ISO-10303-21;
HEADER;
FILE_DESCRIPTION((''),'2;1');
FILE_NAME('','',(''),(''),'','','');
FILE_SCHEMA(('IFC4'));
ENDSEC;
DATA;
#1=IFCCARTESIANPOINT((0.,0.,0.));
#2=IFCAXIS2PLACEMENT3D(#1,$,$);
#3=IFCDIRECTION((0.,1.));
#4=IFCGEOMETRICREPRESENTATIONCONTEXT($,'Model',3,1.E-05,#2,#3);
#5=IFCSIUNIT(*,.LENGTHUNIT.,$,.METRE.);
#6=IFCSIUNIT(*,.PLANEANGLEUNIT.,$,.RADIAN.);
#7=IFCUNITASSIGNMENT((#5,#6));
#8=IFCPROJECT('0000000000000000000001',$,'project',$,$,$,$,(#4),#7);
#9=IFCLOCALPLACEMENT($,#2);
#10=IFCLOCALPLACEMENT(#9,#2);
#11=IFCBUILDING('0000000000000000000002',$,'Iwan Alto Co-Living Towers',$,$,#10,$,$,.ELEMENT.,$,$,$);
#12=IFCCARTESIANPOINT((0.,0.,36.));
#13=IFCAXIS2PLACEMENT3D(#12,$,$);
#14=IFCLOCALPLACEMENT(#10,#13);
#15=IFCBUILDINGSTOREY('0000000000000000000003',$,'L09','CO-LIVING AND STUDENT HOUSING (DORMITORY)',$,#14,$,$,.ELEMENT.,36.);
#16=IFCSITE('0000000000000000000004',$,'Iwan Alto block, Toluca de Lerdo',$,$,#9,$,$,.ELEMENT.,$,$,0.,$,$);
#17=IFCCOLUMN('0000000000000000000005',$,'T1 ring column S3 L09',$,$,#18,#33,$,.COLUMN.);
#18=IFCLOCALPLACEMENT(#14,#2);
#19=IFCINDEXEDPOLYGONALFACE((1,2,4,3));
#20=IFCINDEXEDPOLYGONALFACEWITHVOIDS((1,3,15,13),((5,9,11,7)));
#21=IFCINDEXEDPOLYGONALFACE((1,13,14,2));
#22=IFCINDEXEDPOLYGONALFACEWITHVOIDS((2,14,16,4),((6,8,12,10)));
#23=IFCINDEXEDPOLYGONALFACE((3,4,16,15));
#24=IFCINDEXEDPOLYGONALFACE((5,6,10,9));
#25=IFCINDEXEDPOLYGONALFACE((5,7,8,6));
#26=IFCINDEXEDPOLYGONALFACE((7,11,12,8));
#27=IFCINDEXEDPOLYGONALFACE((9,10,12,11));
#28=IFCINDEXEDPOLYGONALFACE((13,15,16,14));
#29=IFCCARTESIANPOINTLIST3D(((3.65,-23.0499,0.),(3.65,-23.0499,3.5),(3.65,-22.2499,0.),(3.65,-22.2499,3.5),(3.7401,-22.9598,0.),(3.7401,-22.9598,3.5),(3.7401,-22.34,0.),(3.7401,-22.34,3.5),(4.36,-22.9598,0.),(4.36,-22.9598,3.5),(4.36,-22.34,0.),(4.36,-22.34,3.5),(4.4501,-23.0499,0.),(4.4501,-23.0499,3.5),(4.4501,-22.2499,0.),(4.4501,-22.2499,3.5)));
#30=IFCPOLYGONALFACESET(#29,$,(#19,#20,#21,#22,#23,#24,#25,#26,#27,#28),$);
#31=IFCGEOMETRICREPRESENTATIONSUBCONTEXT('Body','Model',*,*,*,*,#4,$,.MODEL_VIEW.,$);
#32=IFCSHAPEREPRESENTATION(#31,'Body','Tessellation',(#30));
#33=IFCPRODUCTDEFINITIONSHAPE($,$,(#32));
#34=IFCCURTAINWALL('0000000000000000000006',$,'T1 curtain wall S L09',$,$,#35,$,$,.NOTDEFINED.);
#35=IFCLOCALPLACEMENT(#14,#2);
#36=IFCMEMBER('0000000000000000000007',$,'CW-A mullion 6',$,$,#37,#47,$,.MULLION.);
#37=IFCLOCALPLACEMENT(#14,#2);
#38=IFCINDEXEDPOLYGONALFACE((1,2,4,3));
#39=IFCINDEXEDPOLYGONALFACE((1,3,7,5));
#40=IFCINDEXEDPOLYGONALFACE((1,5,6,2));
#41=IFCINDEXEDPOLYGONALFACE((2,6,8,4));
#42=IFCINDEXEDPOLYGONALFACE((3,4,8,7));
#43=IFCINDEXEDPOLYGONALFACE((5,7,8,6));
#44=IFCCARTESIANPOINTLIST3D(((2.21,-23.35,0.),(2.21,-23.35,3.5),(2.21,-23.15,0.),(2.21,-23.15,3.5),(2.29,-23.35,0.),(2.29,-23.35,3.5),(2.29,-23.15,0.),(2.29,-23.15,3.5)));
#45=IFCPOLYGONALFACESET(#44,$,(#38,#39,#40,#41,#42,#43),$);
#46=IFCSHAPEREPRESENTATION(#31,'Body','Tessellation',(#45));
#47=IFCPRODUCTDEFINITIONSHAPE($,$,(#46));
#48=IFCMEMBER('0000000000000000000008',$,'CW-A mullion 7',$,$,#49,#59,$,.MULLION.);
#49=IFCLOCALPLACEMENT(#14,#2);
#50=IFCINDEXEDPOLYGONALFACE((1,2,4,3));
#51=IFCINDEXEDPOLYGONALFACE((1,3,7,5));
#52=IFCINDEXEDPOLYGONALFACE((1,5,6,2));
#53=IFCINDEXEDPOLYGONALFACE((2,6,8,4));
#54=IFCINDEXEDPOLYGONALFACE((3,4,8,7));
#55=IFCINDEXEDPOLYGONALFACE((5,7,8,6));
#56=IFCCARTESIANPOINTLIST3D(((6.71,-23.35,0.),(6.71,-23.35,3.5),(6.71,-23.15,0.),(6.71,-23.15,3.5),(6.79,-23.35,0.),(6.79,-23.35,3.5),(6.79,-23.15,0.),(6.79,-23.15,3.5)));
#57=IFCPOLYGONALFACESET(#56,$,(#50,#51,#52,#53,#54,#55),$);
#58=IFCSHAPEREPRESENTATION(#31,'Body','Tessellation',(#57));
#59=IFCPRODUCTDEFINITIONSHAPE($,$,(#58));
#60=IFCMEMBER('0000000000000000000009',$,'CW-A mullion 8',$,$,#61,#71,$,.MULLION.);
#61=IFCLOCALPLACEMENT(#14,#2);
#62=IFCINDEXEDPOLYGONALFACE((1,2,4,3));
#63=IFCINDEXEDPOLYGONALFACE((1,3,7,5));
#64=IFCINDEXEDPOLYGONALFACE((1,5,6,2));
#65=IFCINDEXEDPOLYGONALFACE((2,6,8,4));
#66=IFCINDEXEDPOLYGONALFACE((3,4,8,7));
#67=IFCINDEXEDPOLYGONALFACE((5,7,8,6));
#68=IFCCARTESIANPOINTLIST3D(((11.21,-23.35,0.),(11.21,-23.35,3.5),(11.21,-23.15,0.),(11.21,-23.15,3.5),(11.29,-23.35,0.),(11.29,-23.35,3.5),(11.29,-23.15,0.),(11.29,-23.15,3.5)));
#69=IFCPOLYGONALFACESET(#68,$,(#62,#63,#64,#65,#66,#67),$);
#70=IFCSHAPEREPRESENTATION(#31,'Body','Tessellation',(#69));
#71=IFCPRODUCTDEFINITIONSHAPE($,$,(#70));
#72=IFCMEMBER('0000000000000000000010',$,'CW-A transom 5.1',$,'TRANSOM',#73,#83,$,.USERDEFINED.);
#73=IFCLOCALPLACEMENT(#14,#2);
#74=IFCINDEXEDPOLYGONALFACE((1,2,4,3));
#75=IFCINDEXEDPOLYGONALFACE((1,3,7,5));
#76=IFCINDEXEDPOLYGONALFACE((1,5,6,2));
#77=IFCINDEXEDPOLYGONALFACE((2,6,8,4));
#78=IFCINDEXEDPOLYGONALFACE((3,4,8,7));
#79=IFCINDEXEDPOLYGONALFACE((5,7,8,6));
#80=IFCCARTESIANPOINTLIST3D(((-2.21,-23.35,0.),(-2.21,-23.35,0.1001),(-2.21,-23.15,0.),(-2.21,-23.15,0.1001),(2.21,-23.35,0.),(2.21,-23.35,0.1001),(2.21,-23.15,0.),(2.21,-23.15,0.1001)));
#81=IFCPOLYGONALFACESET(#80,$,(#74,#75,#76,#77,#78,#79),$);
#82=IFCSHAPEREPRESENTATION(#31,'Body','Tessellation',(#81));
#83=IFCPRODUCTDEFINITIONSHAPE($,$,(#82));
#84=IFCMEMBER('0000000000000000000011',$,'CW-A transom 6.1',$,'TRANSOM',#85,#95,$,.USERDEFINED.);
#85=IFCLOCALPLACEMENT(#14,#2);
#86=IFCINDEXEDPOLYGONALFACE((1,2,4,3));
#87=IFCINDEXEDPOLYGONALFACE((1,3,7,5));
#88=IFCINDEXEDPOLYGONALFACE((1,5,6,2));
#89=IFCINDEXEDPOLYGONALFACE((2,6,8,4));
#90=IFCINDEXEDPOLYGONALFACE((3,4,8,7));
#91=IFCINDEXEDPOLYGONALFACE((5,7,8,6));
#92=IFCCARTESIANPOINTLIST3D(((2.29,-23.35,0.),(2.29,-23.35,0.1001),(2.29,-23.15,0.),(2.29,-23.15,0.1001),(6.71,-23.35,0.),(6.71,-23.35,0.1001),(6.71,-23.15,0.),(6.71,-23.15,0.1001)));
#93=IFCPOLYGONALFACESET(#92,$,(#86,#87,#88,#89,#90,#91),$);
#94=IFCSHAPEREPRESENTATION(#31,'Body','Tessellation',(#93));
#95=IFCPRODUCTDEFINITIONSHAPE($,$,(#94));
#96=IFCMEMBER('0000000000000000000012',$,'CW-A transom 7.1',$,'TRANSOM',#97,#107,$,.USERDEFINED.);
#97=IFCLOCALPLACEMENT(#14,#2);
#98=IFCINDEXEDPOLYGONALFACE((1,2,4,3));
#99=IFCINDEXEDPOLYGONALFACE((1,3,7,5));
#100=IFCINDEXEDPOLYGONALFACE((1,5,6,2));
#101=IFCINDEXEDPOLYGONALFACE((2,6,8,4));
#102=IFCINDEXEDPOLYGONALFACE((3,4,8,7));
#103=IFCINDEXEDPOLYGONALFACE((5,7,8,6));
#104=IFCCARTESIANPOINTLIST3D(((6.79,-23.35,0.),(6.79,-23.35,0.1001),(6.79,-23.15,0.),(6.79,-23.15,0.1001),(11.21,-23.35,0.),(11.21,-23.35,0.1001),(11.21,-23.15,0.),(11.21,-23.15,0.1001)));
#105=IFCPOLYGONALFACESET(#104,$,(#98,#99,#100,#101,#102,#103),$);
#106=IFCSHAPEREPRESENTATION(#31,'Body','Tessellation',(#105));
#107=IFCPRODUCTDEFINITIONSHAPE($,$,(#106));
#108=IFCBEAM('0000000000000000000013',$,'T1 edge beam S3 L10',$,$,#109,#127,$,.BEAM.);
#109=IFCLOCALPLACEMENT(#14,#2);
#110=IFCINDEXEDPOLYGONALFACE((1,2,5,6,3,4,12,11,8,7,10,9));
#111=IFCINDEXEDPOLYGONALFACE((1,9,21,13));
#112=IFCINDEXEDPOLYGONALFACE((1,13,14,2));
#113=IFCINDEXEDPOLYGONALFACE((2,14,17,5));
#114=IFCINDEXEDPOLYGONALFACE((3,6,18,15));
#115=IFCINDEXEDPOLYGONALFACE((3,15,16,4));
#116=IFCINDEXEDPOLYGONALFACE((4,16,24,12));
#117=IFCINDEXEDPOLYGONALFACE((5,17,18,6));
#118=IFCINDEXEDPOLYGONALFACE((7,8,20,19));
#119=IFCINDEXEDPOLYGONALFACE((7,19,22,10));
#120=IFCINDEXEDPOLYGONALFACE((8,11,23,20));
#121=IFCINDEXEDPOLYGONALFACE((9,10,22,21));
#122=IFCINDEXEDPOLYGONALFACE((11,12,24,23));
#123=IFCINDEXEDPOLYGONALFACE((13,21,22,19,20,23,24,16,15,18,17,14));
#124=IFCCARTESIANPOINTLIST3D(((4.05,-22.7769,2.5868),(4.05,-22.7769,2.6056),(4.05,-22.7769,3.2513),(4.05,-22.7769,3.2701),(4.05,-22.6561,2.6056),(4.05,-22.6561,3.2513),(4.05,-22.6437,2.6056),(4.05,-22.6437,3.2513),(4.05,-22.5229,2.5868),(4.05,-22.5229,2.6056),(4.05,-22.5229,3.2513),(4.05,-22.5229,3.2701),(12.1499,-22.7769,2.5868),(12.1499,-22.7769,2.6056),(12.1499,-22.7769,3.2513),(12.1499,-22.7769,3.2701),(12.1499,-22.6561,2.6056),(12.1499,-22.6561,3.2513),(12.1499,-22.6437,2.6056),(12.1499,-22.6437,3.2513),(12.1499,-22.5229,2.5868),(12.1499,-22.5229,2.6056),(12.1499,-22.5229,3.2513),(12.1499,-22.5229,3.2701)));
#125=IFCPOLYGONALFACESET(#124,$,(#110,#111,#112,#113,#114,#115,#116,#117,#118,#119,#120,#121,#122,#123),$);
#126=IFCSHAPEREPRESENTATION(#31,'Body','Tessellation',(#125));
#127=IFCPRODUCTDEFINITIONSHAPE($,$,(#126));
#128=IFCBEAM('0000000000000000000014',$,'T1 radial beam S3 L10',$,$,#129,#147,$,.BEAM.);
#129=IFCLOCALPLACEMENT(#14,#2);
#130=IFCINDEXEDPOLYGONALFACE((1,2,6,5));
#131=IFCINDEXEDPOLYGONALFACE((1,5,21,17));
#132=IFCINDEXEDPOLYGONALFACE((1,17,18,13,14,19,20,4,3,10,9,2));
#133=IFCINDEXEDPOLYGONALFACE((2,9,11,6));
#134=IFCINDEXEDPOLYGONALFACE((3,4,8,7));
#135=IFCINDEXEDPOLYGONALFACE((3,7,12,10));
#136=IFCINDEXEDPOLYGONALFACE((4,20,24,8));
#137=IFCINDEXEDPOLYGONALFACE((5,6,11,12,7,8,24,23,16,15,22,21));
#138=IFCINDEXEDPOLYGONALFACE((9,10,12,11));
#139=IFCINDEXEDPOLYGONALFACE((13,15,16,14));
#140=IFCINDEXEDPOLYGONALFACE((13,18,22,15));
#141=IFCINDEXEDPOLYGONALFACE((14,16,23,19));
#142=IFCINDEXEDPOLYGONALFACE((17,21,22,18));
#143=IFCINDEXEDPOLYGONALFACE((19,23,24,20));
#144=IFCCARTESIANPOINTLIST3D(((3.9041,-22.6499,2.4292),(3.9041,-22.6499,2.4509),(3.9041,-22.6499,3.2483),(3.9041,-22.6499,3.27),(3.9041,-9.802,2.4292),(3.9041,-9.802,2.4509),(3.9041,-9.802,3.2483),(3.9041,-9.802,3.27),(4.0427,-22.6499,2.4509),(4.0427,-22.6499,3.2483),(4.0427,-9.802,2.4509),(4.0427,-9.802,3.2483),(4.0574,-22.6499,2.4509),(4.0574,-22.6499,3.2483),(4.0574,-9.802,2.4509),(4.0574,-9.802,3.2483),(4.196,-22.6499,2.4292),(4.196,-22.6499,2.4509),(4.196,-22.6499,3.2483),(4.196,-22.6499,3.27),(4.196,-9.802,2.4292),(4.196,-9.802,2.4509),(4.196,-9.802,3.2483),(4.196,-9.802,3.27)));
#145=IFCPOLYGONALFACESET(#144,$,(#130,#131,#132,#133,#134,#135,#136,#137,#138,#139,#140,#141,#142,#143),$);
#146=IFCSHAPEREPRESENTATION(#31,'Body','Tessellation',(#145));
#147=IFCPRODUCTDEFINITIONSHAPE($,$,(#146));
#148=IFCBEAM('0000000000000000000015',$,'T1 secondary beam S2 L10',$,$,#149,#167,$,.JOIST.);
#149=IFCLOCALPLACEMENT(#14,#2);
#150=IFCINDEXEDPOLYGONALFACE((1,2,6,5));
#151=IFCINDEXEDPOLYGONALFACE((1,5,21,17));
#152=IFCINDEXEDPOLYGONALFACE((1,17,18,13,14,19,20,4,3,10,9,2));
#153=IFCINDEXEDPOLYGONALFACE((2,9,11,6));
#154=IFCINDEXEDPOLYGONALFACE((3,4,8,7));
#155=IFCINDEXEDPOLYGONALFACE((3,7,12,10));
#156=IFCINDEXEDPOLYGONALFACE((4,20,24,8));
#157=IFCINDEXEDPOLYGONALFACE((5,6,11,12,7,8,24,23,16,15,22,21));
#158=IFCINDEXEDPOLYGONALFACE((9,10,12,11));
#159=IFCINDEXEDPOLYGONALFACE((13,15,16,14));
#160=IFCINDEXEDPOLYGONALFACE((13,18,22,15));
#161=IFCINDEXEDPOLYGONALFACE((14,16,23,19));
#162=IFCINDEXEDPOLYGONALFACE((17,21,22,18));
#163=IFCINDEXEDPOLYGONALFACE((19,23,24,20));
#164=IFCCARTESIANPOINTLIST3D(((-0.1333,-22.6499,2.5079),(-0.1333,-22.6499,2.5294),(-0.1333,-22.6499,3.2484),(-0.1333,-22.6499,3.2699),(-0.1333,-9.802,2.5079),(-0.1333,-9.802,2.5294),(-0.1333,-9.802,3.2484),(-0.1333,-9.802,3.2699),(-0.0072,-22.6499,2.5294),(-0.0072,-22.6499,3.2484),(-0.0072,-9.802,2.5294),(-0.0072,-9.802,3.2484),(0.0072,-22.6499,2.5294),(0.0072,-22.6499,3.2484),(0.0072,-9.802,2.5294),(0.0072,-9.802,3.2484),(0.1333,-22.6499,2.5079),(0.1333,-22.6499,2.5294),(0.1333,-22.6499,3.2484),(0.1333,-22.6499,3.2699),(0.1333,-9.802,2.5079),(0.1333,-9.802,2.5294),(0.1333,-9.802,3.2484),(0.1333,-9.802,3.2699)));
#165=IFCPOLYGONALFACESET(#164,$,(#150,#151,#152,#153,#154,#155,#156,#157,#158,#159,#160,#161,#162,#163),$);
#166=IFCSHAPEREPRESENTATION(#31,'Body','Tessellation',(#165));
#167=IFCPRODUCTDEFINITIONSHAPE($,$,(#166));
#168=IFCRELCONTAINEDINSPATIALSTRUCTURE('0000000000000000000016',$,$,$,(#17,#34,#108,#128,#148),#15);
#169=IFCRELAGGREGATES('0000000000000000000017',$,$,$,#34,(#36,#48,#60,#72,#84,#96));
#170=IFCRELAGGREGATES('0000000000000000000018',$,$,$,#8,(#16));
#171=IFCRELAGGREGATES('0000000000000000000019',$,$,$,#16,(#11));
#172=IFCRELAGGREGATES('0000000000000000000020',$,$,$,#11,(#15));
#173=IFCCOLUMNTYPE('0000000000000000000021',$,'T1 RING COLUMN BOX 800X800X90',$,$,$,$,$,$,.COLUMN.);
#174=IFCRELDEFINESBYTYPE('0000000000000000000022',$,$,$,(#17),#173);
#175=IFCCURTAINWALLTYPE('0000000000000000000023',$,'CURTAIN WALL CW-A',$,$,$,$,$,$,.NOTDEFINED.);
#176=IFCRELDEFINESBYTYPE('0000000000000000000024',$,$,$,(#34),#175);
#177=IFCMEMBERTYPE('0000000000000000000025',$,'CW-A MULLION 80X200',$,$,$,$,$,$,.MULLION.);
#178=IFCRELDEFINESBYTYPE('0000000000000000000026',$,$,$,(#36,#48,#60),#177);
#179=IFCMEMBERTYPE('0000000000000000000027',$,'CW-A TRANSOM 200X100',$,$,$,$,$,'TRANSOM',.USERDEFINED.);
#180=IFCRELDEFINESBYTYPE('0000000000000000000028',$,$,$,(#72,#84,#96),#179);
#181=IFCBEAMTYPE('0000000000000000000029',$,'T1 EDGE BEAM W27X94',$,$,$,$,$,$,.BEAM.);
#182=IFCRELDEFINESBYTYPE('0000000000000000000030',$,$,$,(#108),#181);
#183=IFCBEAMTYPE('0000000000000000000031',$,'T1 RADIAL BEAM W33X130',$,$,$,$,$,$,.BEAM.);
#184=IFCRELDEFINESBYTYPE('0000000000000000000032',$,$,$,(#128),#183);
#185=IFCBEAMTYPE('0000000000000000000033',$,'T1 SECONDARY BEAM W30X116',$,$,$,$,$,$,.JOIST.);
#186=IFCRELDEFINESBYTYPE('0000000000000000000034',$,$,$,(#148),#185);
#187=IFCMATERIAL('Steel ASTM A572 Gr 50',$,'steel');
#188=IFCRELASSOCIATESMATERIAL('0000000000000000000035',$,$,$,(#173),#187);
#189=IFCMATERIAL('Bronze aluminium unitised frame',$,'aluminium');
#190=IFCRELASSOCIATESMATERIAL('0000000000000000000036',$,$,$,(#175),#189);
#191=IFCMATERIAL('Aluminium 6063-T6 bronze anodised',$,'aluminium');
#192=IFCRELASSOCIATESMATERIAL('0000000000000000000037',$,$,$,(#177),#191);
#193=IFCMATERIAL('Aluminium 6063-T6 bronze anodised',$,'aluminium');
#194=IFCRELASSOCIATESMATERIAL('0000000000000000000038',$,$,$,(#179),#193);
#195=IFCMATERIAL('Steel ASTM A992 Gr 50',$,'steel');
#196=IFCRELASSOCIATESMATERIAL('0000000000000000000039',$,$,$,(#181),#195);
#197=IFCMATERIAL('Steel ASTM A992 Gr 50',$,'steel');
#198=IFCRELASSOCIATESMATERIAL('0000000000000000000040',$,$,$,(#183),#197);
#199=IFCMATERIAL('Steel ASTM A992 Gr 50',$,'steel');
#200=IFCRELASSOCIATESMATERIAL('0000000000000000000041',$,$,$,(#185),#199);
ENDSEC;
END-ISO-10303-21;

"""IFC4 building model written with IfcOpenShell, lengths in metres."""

from ifc_helpers import new_model, si_unit, direction, frame, origin, origin_2d, place, context, subcontext, project, spatial, rectangle, hollow_rectangle, i_section, extrude, material, material_profile, profile_set, type_object, element, aggregate, save


model = new_model("IFC4")

# Units and contexts
model_context = context("Model", 3, precision=1e-05, world=origin(), true_north=direction((0.0, 1.0)))
body_context = subcontext(model_context, "Body", "Model", "MODEL_VIEW")
ifc_project = project(units=[si_unit("LENGTHUNIT", "METRE"), si_unit("PLANEANGLEUNIT", "RADIAN")], contexts=[model_context])

# Site, building, storey
site_placement = place(None, origin())
site = spatial("IfcSite", under=ifc_project, at=site_placement, Name="Iwan Alto block, Toluca de Lerdo", CompositionType="ELEMENT", RefElevation=0.0)
building_placement = place(site_placement, origin())
building = spatial("IfcBuilding", under=site, at=building_placement, Name="Iwan Alto Co-Living Towers", CompositionType="ELEMENT")
storey_placement = place(building_placement, frame((0.0, 0.0, 36.0)))
storey = spatial("IfcBuildingStorey", under=building, at=storey_placement, Name="L09", Description="CO-LIVING AND STUDENT HOUSING (DORMITORY)", CompositionType="ELEMENT", Elevation=36.0)

# Column
ifc_material_1 = material(Name="Steel ASTM A572 Gr 50", Category="steel")
ifc_material_profile_1 = material_profile(ifc_material_1, hollow_rectangle(XDim=0.8, YDim=0.8, WallThickness=0.0901, at=origin_2d()), Name="BOX 800X800X90")
ifc_profile_set_1 = profile_set([ifc_material_profile_1], Name="Steel ASTM A572 Gr 50")
column_type = type_object("IfcColumnType", Name="T1 RING COLUMN BOX 800X800X90", PredefinedType="COLUMN", material=ifc_profile_set_1)
column_placement = place(storey_placement, frame((4.05, -22.6499, 0.0), z_axis=(0.0, 0.0, 1.0), x_axis=(1.0, 0.0, 0.0)))
element("IfcColumn", 1, at=column_placement, inside=storey, type_object=column_type, Name="T1 ring column S3 L09", PredefinedType="COLUMN", context=body_context, shape_type="SweptSolid", body=[
    extrude(hollow_rectangle(XDim=0.8, YDim=0.8, WallThickness=0.0901, at=origin_2d()), origin(), (0.0, 0.0, 1.0), 3.5),
])

# Curtain wall, members
ifc_material_2 = material(Name="Bronze aluminium unitised frame", Category="aluminium")
curtain_wall_type = type_object("IfcCurtainWallType", Name="CURTAIN WALL CW-A", PredefinedType="NOTDEFINED", material=ifc_material_2)
curtain_wall_placement = place(storey_placement, origin())
curtain_wall = element("IfcCurtainWall", 2, at=curtain_wall_placement, inside=storey, type_object=curtain_wall_type, Name="T1 curtain wall S L09", PredefinedType="NOTDEFINED")
ifc_material_3 = material(Name="Aluminium 6063-T6 bronze anodised", Category="aluminium")
ifc_material_profile_2 = material_profile(ifc_material_3, rectangle(XDim=0.2, YDim=0.0801, at=origin_2d()), Name="AL 80X200")
ifc_profile_set_2 = profile_set([ifc_material_profile_2], Name="Aluminium 6063-T6 bronze anodised")
member_type_1 = type_object("IfcMemberType", Name="CW-A MULLION 80X200", PredefinedType="MULLION", material=ifc_profile_set_2)
member_1_placement = place(storey_placement, frame((2.25, -23.25, 0.0), z_axis=(0.0, 0.0, 1.0), x_axis=(0.0, 1.0, 0.0)))
member_1 = element("IfcMember", 3, at=member_1_placement, type_object=member_type_1, Name="CW-A mullion 6", PredefinedType="MULLION", context=body_context, shape_type="SweptSolid", body=[
    extrude(rectangle(XDim=0.2, YDim=0.0801, at=origin_2d()), origin(), (0.0, 0.0, 1.0), 3.5),
])
member_2_placement = place(storey_placement, frame((6.75, -23.25, 0.0), z_axis=(0.0, 0.0, 1.0), x_axis=(0.0, 1.0, 0.0)))
member_2 = element("IfcMember", 4, at=member_2_placement, type_object=member_type_1, Name="CW-A mullion 7", PredefinedType="MULLION", context=body_context, shape_type="SweptSolid", body=[
    extrude(rectangle(XDim=0.2, YDim=0.0801, at=origin_2d()), origin(), (0.0, 0.0, 1.0), 3.5),
])
member_3_placement = place(storey_placement, frame((11.25, -23.25, 0.0), z_axis=(0.0, 0.0, 1.0), x_axis=(0.0, 1.0, 0.0)))
member_3 = element("IfcMember", 5, at=member_3_placement, type_object=member_type_1, Name="CW-A mullion 8", PredefinedType="MULLION", context=body_context, shape_type="SweptSolid", body=[
    extrude(rectangle(XDim=0.2, YDim=0.0801, at=origin_2d()), origin(), (0.0, 0.0, 1.0), 3.5),
])
ifc_material_4 = material(Name="Aluminium 6063-T6 bronze anodised", Category="aluminium")
ifc_material_profile_3 = material_profile(ifc_material_4, rectangle(XDim=0.2, YDim=0.1001, at=origin_2d()), Name="AL 200X100")
ifc_profile_set_3 = profile_set([ifc_material_profile_3], Name="Aluminium 6063-T6 bronze anodised")
member_type_2 = type_object("IfcMemberType", Name="CW-A TRANSOM 200X100", ElementType="TRANSOM", PredefinedType="USERDEFINED", material=ifc_profile_set_3)
member_4_placement = place(storey_placement, frame((-2.21, -23.25, 0.05), z_axis=(1.0, 0.0, 0.0), x_axis=(0.0, 1.0, 0.0)))
member_4 = element("IfcMember", 6, at=member_4_placement, type_object=member_type_2, Name="CW-A transom 5.1", ObjectType="TRANSOM", PredefinedType="USERDEFINED", context=body_context, shape_type="SweptSolid", body=[
    extrude(rectangle(XDim=0.2, YDim=0.1001, at=origin_2d()), origin(), (0.0, 0.0, 1.0), 4.4199),
])
member_5_placement = place(storey_placement, frame((2.29, -23.25, 0.05), z_axis=(1.0, 0.0, 0.0), x_axis=(0.0, 1.0, 0.0)))
member_5 = element("IfcMember", 7, at=member_5_placement, type_object=member_type_2, Name="CW-A transom 6.1", ObjectType="TRANSOM", PredefinedType="USERDEFINED", context=body_context, shape_type="SweptSolid", body=[
    extrude(rectangle(XDim=0.2, YDim=0.1001, at=origin_2d()), origin(), (0.0, 0.0, 1.0), 4.4199),
])
member_6_placement = place(storey_placement, frame((6.79, -23.25, 0.05), z_axis=(1.0, 0.0, 0.0), x_axis=(0.0, 1.0, 0.0)))
member_6 = element("IfcMember", 8, at=member_6_placement, type_object=member_type_2, Name="CW-A transom 7.1", ObjectType="TRANSOM", PredefinedType="USERDEFINED", context=body_context, shape_type="SweptSolid", body=[
    extrude(rectangle(XDim=0.2, YDim=0.1001, at=origin_2d()), origin(), (0.0, 0.0, 1.0), 4.4199),
])

# Beams
ifc_material_5 = material(Name="Steel ASTM A992 Gr 50", Category="steel")
ifc_material_profile_4 = material_profile(ifc_material_5, i_section(OverallWidth=0.2539, OverallDepth=0.6833, WebThickness=0.0125, FlangeThickness=0.0188, at=origin_2d()), Name="W27X94")
ifc_profile_set_4 = profile_set([ifc_material_profile_4], Name="Steel ASTM A992 Gr 50")
beam_type_1 = type_object("IfcBeamType", Name="T1 EDGE BEAM W27X94", PredefinedType="BEAM", material=ifc_profile_set_4)
beam_1_placement = place(storey_placement, frame((4.05, -22.6499, 2.9285), z_axis=(1.0, 0.0, 0.0), x_axis=(0.0, 1.0, 0.0)))
element("IfcBeam", 9, at=beam_1_placement, inside=storey, type_object=beam_type_1, Name="T1 edge beam S3 L10", PredefinedType="BEAM", context=body_context, shape_type="SweptSolid", body=[
    extrude(i_section(OverallWidth=0.2539, OverallDepth=0.6833, WebThickness=0.0125, FlangeThickness=0.0188, at=origin_2d()), origin(), (0.0, 0.0, 1.0), 8.0999),
])
ifc_material_6 = material(Name="Steel ASTM A992 Gr 50", Category="steel")
ifc_material_profile_5 = material_profile(ifc_material_6, i_section(OverallWidth=0.292, OverallDepth=0.8408, WebThickness=0.0146, FlangeThickness=0.0217, at=origin_2d()), Name="W33X130")
ifc_profile_set_5 = profile_set([ifc_material_profile_5], Name="Steel ASTM A992 Gr 50")
beam_type_2 = type_object("IfcBeamType", Name="T1 RADIAL BEAM W33X130", PredefinedType="BEAM", material=ifc_profile_set_5)
beam_2_placement = place(storey_placement, frame((4.05, -22.6499, 2.8496), z_axis=(0.0, 1.0, 0.0), x_axis=(-1.0, 0.0, 0.0)))
element("IfcBeam", 10, at=beam_2_placement, inside=storey, type_object=beam_type_2, Name="T1 radial beam S3 L10", PredefinedType="BEAM", context=body_context, shape_type="SweptSolid", body=[
    extrude(i_section(OverallWidth=0.292, OverallDepth=0.8408, WebThickness=0.0146, FlangeThickness=0.0217, at=origin_2d()), origin(), (0.0, 0.0, 1.0), 12.8479),
])
ifc_material_7 = material(Name="Steel ASTM A992 Gr 50", Category="steel")
ifc_material_profile_6 = material_profile(ifc_material_7, i_section(OverallWidth=0.2666, OverallDepth=0.762, WebThickness=0.0144, FlangeThickness=0.0215, at=origin_2d()), Name="W30X116")
ifc_profile_set_6 = profile_set([ifc_material_profile_6], Name="Steel ASTM A992 Gr 50")
beam_type_3 = type_object("IfcBeamType", Name="T1 SECONDARY BEAM W30X116", PredefinedType="JOIST", material=ifc_profile_set_6)
for number, where, z_axis, x_axis, name in (
    (11, (0.0, -22.6499, 2.8889), (0.0, 1.0, 0.0), (-1.0, 0.0, 0.0), "T1 secondary beam S2 L10"),
):
    element("IfcBeam", number, at=place(storey_placement, frame(where, z_axis=z_axis, x_axis=x_axis)), inside=storey, type_object=beam_type_3, Name=name, PredefinedType="JOIST", context=body_context, shape_type="SweptSolid", body=[
        extrude(i_section(OverallWidth=0.2666, OverallDepth=0.762, WebThickness=0.0144, FlangeThickness=0.0215, at=origin_2d()), origin(), (0.0, 0.0, 1.0), 12.8479),
    ])

aggregate(curtain_wall, [member_1, member_2, member_3, member_4, member_5, member_6])

save(model, "model.ifc")
